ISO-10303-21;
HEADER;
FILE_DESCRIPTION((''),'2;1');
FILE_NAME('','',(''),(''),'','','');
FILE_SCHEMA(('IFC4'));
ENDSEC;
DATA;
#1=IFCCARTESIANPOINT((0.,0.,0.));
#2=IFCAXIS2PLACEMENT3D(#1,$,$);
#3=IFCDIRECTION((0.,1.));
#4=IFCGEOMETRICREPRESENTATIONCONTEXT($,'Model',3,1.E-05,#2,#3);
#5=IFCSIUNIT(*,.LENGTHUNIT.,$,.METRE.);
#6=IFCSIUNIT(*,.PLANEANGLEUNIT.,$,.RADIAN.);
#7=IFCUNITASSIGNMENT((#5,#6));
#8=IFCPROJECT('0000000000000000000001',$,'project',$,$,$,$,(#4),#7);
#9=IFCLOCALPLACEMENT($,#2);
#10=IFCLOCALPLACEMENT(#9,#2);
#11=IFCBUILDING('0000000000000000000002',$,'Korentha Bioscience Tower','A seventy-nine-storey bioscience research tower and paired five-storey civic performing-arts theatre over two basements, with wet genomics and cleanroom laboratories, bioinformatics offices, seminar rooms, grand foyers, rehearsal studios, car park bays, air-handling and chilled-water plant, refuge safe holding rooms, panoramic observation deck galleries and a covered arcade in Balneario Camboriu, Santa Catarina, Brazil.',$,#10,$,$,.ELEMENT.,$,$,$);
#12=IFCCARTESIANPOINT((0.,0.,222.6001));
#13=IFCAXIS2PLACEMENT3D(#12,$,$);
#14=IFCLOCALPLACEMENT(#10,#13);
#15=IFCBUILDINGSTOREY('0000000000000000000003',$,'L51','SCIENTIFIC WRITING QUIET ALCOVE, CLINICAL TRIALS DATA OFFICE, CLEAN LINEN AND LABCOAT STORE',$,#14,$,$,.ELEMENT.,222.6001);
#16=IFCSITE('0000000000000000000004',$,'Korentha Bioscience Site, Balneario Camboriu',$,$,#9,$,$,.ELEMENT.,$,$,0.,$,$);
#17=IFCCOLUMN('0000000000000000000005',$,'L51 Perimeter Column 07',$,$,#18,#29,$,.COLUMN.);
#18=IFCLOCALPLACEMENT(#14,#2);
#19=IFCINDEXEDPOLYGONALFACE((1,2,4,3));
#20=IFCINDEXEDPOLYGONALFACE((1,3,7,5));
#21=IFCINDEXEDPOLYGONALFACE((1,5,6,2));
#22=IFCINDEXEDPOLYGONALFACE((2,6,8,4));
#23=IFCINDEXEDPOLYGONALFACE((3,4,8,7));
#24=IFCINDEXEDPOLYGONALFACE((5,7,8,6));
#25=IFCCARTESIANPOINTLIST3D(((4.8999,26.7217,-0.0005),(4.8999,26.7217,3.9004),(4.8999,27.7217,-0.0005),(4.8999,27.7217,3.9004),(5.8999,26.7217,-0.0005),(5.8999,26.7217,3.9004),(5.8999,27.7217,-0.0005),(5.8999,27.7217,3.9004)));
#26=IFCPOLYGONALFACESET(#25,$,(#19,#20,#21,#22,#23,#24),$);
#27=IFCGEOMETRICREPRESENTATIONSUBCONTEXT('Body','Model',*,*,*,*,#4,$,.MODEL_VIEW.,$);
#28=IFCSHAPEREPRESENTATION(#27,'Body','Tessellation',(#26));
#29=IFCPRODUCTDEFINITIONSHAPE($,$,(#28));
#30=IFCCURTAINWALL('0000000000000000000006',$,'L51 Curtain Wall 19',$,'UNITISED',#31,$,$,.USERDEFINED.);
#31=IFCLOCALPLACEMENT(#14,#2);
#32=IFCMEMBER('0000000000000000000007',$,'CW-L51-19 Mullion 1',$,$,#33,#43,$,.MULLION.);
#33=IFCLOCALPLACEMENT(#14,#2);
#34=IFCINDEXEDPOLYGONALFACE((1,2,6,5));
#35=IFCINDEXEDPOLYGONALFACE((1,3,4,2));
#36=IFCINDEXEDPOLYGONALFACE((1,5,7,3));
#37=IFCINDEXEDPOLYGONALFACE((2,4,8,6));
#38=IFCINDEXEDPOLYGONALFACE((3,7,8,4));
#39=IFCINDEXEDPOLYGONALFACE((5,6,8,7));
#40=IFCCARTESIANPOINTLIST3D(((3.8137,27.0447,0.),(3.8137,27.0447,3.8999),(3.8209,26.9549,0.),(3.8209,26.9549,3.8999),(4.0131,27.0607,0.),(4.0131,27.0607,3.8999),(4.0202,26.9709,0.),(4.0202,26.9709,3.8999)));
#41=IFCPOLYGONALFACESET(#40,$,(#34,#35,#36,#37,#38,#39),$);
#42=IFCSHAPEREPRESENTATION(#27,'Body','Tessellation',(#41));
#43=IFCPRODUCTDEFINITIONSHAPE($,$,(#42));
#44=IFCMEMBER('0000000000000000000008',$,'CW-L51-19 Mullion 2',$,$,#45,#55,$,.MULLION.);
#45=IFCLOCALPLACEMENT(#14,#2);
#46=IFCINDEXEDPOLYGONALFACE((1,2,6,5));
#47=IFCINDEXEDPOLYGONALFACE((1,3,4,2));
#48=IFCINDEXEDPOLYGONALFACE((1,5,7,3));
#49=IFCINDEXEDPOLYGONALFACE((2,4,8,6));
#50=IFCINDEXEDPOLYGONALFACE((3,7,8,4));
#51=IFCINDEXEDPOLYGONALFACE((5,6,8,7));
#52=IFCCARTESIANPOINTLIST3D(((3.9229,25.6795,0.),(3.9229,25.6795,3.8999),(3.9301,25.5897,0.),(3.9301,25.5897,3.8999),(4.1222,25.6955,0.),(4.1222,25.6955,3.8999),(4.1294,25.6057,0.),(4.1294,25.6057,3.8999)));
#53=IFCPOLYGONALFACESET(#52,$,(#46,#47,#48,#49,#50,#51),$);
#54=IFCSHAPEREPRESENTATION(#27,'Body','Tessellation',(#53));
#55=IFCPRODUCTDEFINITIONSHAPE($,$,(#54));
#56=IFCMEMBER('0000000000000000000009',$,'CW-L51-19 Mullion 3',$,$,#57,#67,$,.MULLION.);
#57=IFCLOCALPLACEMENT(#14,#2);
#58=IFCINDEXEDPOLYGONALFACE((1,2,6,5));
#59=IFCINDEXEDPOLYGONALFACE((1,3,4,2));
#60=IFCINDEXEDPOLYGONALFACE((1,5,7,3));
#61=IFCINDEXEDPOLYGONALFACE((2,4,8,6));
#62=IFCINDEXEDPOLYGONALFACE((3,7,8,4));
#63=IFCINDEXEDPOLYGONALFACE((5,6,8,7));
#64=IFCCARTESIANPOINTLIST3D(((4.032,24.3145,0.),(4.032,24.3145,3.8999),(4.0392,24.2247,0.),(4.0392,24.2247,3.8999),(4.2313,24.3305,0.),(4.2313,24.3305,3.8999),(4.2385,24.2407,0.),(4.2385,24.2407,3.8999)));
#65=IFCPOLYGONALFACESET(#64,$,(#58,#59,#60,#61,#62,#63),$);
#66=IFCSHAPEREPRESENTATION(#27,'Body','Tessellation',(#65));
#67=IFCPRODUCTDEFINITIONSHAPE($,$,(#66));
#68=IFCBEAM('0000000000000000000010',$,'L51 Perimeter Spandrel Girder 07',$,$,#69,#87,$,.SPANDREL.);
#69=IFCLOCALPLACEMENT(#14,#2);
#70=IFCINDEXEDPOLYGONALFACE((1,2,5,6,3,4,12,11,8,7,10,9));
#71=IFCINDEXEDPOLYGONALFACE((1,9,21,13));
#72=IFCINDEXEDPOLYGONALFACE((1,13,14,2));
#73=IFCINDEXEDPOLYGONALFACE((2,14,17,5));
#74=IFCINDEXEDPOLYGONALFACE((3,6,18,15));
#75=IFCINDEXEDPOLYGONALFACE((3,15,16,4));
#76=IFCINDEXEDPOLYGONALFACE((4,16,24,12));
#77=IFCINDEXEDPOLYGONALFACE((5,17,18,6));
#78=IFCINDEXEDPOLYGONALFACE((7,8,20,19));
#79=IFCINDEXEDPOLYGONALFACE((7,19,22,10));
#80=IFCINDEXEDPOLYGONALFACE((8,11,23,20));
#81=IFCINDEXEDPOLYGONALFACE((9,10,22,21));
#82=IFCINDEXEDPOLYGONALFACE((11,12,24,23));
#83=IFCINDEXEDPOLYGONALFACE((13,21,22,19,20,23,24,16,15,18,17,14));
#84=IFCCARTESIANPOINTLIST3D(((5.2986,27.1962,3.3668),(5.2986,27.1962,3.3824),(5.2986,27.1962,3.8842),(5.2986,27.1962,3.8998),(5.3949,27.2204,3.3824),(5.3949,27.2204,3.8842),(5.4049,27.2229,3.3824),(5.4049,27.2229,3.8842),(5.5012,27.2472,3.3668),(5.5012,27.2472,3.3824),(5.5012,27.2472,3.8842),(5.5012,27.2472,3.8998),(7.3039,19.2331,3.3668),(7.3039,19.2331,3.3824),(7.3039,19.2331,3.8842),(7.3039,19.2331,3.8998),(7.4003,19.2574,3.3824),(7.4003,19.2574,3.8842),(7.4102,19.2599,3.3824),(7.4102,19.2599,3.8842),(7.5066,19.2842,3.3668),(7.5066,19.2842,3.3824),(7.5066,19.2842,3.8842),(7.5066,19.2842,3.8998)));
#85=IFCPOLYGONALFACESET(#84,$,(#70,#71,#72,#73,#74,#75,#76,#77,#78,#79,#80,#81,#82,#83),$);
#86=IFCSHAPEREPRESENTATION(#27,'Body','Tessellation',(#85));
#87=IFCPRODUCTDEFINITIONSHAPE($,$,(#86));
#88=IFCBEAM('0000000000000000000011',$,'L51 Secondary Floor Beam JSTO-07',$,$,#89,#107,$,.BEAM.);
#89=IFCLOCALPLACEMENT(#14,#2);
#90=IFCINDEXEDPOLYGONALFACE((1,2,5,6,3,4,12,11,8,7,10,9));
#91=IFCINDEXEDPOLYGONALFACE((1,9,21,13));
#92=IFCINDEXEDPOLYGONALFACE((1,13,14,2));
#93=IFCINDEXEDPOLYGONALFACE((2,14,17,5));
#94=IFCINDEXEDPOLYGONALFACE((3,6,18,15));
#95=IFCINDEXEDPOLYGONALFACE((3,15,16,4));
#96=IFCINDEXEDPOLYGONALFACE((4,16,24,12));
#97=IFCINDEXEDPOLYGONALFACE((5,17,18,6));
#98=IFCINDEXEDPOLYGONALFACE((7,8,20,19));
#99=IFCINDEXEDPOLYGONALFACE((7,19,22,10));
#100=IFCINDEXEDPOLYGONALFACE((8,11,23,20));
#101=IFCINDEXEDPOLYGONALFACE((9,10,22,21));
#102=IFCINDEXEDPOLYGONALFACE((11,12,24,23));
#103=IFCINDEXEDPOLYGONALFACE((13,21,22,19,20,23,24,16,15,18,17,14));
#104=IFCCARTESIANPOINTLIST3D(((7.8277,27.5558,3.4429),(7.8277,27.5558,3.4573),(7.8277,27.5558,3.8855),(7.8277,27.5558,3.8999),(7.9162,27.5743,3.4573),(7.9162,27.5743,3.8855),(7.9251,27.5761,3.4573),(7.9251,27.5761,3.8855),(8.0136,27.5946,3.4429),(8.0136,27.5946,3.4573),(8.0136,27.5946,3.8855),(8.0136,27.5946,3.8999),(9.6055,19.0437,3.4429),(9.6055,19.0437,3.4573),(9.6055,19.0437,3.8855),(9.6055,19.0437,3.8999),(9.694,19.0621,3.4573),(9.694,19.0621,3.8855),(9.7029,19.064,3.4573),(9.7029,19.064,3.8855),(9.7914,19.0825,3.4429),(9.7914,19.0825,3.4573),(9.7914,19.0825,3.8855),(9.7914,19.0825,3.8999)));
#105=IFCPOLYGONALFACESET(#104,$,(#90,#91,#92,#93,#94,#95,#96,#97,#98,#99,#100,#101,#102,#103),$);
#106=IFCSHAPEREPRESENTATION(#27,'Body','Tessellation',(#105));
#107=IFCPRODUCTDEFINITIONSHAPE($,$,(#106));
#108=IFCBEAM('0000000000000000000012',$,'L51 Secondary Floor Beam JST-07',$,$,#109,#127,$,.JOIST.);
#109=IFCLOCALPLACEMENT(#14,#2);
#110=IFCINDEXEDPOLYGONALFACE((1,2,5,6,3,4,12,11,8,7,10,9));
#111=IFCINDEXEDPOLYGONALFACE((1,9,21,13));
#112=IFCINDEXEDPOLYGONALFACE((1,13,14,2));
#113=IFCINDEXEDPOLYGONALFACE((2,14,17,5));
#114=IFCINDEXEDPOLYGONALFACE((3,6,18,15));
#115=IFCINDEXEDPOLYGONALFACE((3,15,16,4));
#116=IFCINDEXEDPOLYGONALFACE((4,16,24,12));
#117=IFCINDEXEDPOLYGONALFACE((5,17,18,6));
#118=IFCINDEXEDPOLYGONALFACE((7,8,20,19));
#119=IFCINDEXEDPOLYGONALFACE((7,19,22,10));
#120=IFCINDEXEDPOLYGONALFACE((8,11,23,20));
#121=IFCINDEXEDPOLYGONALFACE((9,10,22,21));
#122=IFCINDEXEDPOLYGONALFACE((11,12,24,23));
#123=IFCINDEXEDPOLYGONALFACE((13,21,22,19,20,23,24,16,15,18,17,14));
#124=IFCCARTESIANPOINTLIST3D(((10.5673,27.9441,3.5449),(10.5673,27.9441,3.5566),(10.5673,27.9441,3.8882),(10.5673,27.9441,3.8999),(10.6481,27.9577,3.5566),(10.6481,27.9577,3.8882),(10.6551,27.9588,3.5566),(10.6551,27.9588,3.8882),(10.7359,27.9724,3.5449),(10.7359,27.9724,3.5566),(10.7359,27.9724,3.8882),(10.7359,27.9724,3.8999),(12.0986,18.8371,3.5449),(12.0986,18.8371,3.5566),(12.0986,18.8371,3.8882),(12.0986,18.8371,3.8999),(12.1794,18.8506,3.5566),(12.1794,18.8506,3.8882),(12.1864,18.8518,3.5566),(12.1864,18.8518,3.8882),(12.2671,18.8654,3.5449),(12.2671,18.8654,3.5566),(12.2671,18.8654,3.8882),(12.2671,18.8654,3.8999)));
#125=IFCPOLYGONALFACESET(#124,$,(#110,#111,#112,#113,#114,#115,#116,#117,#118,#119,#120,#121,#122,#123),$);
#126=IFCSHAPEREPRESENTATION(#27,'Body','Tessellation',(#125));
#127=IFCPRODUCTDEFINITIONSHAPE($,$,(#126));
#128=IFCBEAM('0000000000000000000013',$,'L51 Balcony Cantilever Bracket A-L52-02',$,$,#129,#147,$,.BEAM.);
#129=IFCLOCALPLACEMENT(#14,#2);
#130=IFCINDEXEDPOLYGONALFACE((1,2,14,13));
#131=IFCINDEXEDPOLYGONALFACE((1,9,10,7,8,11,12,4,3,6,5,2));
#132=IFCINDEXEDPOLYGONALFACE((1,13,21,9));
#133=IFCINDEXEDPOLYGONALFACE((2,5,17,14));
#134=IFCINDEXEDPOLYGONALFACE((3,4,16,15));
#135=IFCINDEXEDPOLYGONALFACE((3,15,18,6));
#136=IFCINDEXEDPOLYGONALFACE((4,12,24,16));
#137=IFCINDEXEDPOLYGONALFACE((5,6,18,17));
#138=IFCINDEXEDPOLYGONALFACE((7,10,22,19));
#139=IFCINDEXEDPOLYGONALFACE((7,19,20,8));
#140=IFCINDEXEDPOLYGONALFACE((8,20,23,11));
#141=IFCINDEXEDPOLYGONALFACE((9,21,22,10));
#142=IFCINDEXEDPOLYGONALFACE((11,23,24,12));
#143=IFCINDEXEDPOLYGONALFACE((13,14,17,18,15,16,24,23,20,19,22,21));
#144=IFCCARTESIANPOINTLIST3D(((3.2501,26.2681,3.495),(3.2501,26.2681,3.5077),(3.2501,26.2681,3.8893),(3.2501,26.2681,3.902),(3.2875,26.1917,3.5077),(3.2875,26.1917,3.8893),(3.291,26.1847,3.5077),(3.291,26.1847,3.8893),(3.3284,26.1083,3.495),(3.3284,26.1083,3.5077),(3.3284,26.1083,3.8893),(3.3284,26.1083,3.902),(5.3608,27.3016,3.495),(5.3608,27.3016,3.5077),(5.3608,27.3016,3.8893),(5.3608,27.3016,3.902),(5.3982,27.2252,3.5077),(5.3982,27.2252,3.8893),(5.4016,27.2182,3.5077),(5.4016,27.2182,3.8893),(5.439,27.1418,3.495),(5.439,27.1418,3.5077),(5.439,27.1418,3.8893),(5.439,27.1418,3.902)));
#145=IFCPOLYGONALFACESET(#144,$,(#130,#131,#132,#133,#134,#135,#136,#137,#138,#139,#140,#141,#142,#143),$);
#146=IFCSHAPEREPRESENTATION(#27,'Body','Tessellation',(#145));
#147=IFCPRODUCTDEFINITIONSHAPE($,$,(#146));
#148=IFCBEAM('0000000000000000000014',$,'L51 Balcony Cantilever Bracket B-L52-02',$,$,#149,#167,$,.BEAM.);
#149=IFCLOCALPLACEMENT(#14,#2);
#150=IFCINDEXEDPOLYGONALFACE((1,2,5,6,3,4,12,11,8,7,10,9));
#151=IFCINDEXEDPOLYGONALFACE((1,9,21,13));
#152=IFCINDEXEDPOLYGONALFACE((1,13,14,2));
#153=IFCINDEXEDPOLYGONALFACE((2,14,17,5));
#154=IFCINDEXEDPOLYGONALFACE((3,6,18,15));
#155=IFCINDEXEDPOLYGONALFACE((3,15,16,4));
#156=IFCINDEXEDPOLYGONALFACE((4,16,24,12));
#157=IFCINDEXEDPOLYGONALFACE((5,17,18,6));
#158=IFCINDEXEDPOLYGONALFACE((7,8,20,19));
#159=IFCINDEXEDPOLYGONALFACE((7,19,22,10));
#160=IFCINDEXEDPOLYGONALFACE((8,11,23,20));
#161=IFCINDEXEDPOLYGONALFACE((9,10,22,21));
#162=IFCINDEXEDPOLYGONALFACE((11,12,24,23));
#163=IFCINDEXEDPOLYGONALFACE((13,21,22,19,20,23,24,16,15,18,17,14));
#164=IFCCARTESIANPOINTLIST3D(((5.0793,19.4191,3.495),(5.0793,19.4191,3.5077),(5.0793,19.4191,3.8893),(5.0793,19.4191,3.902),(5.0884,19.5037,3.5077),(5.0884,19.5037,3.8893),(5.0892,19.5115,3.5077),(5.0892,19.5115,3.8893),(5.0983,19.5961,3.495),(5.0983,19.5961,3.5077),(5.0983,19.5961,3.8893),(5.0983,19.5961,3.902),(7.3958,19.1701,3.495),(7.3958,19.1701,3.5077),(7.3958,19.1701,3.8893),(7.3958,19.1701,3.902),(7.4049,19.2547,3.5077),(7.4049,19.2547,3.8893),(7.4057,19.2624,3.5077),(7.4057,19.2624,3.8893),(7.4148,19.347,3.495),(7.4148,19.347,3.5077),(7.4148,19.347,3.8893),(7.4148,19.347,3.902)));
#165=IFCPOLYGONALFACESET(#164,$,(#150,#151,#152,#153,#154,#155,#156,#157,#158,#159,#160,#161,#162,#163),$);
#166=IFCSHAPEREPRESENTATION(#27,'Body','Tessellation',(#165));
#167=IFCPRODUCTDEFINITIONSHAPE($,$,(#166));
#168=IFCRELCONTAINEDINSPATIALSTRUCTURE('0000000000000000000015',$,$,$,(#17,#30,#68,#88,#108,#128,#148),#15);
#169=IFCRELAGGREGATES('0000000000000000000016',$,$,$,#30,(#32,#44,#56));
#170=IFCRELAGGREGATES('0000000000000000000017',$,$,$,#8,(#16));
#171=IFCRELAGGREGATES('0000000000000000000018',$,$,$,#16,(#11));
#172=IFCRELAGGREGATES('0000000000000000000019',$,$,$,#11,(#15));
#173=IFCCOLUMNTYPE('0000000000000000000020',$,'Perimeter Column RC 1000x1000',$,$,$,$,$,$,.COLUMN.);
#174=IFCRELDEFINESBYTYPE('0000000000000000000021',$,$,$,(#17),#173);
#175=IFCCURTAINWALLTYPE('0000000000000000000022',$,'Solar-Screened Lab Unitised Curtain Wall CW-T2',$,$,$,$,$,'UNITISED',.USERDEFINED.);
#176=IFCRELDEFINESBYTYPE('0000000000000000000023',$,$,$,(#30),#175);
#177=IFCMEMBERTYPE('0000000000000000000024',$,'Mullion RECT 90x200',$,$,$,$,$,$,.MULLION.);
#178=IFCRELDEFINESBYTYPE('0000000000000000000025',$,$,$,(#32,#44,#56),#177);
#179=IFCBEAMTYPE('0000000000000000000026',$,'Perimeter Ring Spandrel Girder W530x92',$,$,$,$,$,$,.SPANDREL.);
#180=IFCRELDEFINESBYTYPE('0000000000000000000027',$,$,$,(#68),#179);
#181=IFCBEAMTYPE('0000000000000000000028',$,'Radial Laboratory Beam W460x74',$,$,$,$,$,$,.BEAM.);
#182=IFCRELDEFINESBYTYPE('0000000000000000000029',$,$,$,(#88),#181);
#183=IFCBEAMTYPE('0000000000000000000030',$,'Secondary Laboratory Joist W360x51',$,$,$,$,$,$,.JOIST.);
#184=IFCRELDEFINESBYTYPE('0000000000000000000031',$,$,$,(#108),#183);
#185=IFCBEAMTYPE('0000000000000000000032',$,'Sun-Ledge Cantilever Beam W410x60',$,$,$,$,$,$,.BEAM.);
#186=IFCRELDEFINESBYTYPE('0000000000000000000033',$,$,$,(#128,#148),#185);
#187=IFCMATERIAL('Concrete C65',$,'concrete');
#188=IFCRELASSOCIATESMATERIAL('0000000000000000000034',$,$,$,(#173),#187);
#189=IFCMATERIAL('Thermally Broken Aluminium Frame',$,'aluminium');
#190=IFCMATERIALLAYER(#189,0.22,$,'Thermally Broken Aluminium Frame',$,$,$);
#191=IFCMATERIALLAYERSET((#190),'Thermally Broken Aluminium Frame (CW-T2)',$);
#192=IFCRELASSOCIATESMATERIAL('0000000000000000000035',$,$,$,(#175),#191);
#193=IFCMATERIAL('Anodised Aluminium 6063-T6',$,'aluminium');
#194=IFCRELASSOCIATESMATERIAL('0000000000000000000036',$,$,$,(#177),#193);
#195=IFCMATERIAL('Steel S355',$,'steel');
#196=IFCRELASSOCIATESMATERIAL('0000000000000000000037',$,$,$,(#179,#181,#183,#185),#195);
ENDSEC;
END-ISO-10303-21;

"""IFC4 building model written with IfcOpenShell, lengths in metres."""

from ifc_helpers import new_model, si_unit, direction, frame, origin, origin_2d, place, context, subcontext, project, spatial, rectangle, i_section, extrude, material, layer, layer_set, material_profile, profile_set, type_object, element, aggregate, save


model = new_model("IFC4")

# Units and contexts
model_context = context("Model", 3, precision=1e-05, world=origin(), true_north=direction((0.0, 1.0)))
body_context = subcontext(model_context, "Body", "Model", "MODEL_VIEW")
ifc_project = project(units=[si_unit("LENGTHUNIT", "METRE"), si_unit("PLANEANGLEUNIT", "RADIAN")], contexts=[model_context])

# Site, building, storey
site_placement = place(None, origin())
site = spatial("IfcSite", under=ifc_project, at=site_placement, Name="Korentha Bioscience Site, Balneario Camboriu", CompositionType="ELEMENT", RefElevation=0.0)
building_placement = place(site_placement, origin())
building = spatial("IfcBuilding", under=site, at=building_placement, Name="Korentha Bioscience Tower", Description="A seventy-nine-storey bioscience research tower and paired five-storey civic performing-arts theatre over two basements, with wet genomics and cleanroom laboratories, bioinformatics offices, seminar rooms, grand foyers, rehearsal studios, car park bays, air-handling and chilled-water plant, refuge safe holding rooms, panoramic observation deck galleries and a covered arcade in Balneario Camboriu, Santa Catarina, Brazil.", CompositionType="ELEMENT")
storey_placement = place(building_placement, frame((0.0, 0.0, 222.6001)))
storey = spatial("IfcBuildingStorey", under=building, at=storey_placement, Name="L51", Description="SCIENTIFIC WRITING QUIET ALCOVE, CLINICAL TRIALS DATA OFFICE, CLEAN LINEN AND LABCOAT STORE", CompositionType="ELEMENT", Elevation=222.6001)

# Column
ifc_material_1 = material(Name="Concrete C65", Category="concrete")
ifc_material_profile_1 = material_profile(ifc_material_1, rectangle(XDim=1.0, YDim=1.0, at=origin_2d()), Name="Concrete C65")
ifc_profile_set_1 = profile_set([ifc_material_profile_1], Name="Concrete C65 (COL-P10)")
column_type = type_object("IfcColumnType", Name="Perimeter Column RC 1000x1000", PredefinedType="COLUMN", material=ifc_profile_set_1)
column_placement = place(storey_placement, frame((5.3999, 27.2217, -0.0005), z_axis=(0.0, 0.0, 1.0), x_axis=(0.0, 1.0, 0.0)))
element("IfcColumn", 1, at=column_placement, inside=storey, type_object=column_type, Name="L51 Perimeter Column 07", PredefinedType="COLUMN", context=body_context, shape_type="SweptSolid", body=[
    extrude(rectangle(XDim=1.0, YDim=1.0, at=origin_2d()), origin(), (0.0, 0.0, 1.0), 3.9009),
])

# Curtain wall, members
ifc_material_2 = material(Name="Thermally Broken Aluminium Frame", Category="aluminium")
ifc_layer_1 = layer(ifc_material_2, 0.22, Name="Thermally Broken Aluminium Frame")
ifc_layer_set_1 = layer_set([ifc_layer_1], Name="Thermally Broken Aluminium Frame (CW-T2)")
curtain_wall_type = type_object("IfcCurtainWallType", Name="Solar-Screened Lab Unitised Curtain Wall CW-T2", ElementType="UNITISED", PredefinedType="USERDEFINED", material=ifc_layer_set_1)
curtain_wall_placement = place(storey_placement, origin())
curtain_wall = element("IfcCurtainWall", 2, at=curtain_wall_placement, inside=storey, type_object=curtain_wall_type, Name="L51 Curtain Wall 19", ObjectType="UNITISED", PredefinedType="USERDEFINED")
ifc_material_3 = material(Name="Anodised Aluminium 6063-T6", Category="aluminium")
ifc_material_profile_2 = material_profile(ifc_material_3, rectangle(XDim=0.0901, YDim=0.2, at=origin_2d()), Name="Anodised Aluminium 6063-T6")
ifc_profile_set_2 = profile_set([ifc_material_profile_2], Name="Anodised Aluminium 6063-T6 (CW-MUL)")
member_type_1 = type_object("IfcMemberType", Name="Mullion RECT 90x200", PredefinedType="MULLION", material=ifc_profile_set_2)
member_1_placement = place(storey_placement, frame((3.917, 27.0078, 0.0), z_axis=(0.0, 0.0, 1.0), x_axis=(0.079748, -0.996815, 0.0)))
member_1 = element("IfcMember", 3, at=member_1_placement, type_object=member_type_1, Name="CW-L51-19 Mullion 1", PredefinedType="MULLION", context=body_context, shape_type="SweptSolid", body=[
    extrude(rectangle(XDim=0.0901, YDim=0.2, at=origin_2d()), origin(), (0.0, 0.0, 1.0), 3.8999),
])
member_2_placement = place(storey_placement, frame((4.0261, 25.6426, 0.0), z_axis=(0.0, 0.0, 1.0), x_axis=(0.079748, -0.996815, 0.0)))
member_2 = element("IfcMember", 4, at=member_2_placement, type_object=member_type_1, Name="CW-L51-19 Mullion 2", PredefinedType="MULLION", context=body_context, shape_type="SweptSolid", body=[
    extrude(rectangle(XDim=0.0901, YDim=0.2, at=origin_2d()), origin(), (0.0, 0.0, 1.0), 3.8999),
])
member_3_placement = place(storey_placement, frame((4.1353, 24.2776, 0.0), z_axis=(0.0, 0.0, 1.0), x_axis=(0.079748, -0.996815, 0.0)))
member_3 = element("IfcMember", 5, at=member_3_placement, type_object=member_type_1, Name="CW-L51-19 Mullion 3", PredefinedType="MULLION", context=body_context, shape_type="SweptSolid", body=[
    extrude(rectangle(XDim=0.0901, YDim=0.2, at=origin_2d()), origin(), (0.0, 0.0, 1.0), 3.8999),
])

# Beams
ifc_material_4 = material(Name="Steel S355", Category="steel")
ifc_material_profile_3 = material_profile(ifc_material_4, i_section(OverallWidth=0.209, OverallDepth=0.533, WebThickness=0.0103, FlangeThickness=0.0156, at=origin_2d()), Name="Steel S355")
ifc_profile_set_3 = profile_set([ifc_material_profile_3], Name="Steel S355 (SB-530)")
beam_type_1 = type_object("IfcBeamType", Name="Perimeter Ring Spandrel Girder W530x92", PredefinedType="SPANDREL", material=ifc_profile_set_3)
beam_1_placement = place(storey_placement, frame((5.3999, 27.2217, 3.6333), z_axis=(0.244207, -0.969723, 0.0), x_axis=(0.969723, 0.244207, 0.0)))
element("IfcBeam", 6, at=beam_1_placement, inside=storey, type_object=beam_type_1, Name="L51 Perimeter Spandrel Girder 07", PredefinedType="SPANDREL", context=body_context, shape_type="SweptSolid", body=[
    extrude(i_section(OverallWidth=0.209, OverallDepth=0.533, WebThickness=0.0103, FlangeThickness=0.0156, at=origin_2d()), origin(), (0.0, 0.0, 1.0), 8.2117),
])
ifc_material_profile_4 = material_profile(ifc_material_4, i_section(OverallWidth=0.1899, OverallDepth=0.457, WebThickness=0.009, FlangeThickness=0.0144, at=origin_2d()), Name="Steel S355")
ifc_profile_set_4 = profile_set([ifc_material_profile_4], Name="Steel S355 (RB-460)")
beam_type_2 = type_object("IfcBeamType", Name="Radial Laboratory Beam W460x74", PredefinedType="BEAM", material=ifc_profile_set_4)
beam_2_placement = place(storey_placement, frame((7.9207, 27.5752, 3.6714), z_axis=(0.204445, -0.978878, 0.0), x_axis=(0.978878, 0.204445, 0.0)))
element("IfcBeam", 7, at=beam_2_placement, inside=storey, type_object=beam_type_2, Name="L51 Secondary Floor Beam JSTO-07", PredefinedType="BEAM", context=body_context, shape_type="SweptSolid", body=[
    extrude(i_section(OverallWidth=0.1899, OverallDepth=0.457, WebThickness=0.009, FlangeThickness=0.0144, at=origin_2d()), origin(), (0.0, 0.0, 1.0), 8.6958),
])
ifc_material_profile_5 = material_profile(ifc_material_4, i_section(OverallWidth=0.1709, OverallDepth=0.355, WebThickness=0.0071, FlangeThickness=0.0117, at=origin_2d()), Name="Steel S355")
ifc_profile_set_5 = profile_set([ifc_material_profile_5], Name="Steel S355 (JB-360)")
beam_type_3 = type_object("IfcBeamType", Name="Secondary Laboratory Joist W360x51", PredefinedType="JOIST", material=ifc_profile_set_5)
beam_3_placement = place(storey_placement, frame((10.6516, 27.9583, 3.7224), z_axis=(0.165814, -0.986157, 0.0), x_axis=(0.986157, 0.165814, 0.0)))
element("IfcBeam", 8, at=beam_3_placement, inside=storey, type_object=beam_type_3, Name="L51 Secondary Floor Beam JST-07", PredefinedType="JOIST", context=body_context, shape_type="SweptSolid", body=[
    extrude(i_section(OverallWidth=0.1709, OverallDepth=0.355, WebThickness=0.0071, FlangeThickness=0.0117, at=origin_2d()), origin(), (0.0, 0.0, 1.0), 9.2349),
])
ifc_material_profile_6 = material_profile(ifc_material_4, i_section(OverallWidth=0.178, OverallDepth=0.407, WebThickness=0.0078, FlangeThickness=0.0127, at=origin_2d()), Name="Steel S355")
ifc_profile_set_6 = profile_set([ifc_material_profile_6], Name="Steel S355 (CB-410)")
beam_type_4 = type_object("IfcBeamType", Name="Sun-Ledge Cantilever Beam W410x60", PredefinedType="BEAM", material=ifc_profile_set_6)
beam_4_placement = place(storey_placement, frame((5.3999, 27.2217, 3.6985), z_axis=(-0.898115, -0.43976, 0.0), x_axis=(0.43976, -0.898115, 0.0)))
element("IfcBeam", 9, at=beam_4_placement, inside=storey, type_object=beam_type_4, Name="L51 Balcony Cantilever Bracket A-L52-02", PredefinedType="BEAM", context=body_context, shape_type="SweptSolid", body=[
    extrude(i_section(OverallWidth=0.178, OverallDepth=0.407, WebThickness=0.0078, FlangeThickness=0.0127, at=origin_2d()), origin(), (0.0, 0.0, 1.0), 2.3501),
])
beam_5_placement = place(storey_placement, frame((7.4053, 19.2585, 3.6985), z_axis=(-0.994271, 0.106888, 0.0), x_axis=(-0.106888, -0.994271, 0.0)))
element("IfcBeam", 10, at=beam_5_placement, inside=storey, type_object=beam_type_4, Name="L51 Balcony Cantilever Bracket B-L52-02", PredefinedType="BEAM", context=body_context, shape_type="SweptSolid", body=[
    extrude(i_section(OverallWidth=0.178, OverallDepth=0.407, WebThickness=0.0078, FlangeThickness=0.0127, at=origin_2d()), origin(), (0.0, 0.0, 1.0), 2.3298),
])

aggregate(curtain_wall, [member_1, member_2, member_3])

save(model, "model.ifc")
